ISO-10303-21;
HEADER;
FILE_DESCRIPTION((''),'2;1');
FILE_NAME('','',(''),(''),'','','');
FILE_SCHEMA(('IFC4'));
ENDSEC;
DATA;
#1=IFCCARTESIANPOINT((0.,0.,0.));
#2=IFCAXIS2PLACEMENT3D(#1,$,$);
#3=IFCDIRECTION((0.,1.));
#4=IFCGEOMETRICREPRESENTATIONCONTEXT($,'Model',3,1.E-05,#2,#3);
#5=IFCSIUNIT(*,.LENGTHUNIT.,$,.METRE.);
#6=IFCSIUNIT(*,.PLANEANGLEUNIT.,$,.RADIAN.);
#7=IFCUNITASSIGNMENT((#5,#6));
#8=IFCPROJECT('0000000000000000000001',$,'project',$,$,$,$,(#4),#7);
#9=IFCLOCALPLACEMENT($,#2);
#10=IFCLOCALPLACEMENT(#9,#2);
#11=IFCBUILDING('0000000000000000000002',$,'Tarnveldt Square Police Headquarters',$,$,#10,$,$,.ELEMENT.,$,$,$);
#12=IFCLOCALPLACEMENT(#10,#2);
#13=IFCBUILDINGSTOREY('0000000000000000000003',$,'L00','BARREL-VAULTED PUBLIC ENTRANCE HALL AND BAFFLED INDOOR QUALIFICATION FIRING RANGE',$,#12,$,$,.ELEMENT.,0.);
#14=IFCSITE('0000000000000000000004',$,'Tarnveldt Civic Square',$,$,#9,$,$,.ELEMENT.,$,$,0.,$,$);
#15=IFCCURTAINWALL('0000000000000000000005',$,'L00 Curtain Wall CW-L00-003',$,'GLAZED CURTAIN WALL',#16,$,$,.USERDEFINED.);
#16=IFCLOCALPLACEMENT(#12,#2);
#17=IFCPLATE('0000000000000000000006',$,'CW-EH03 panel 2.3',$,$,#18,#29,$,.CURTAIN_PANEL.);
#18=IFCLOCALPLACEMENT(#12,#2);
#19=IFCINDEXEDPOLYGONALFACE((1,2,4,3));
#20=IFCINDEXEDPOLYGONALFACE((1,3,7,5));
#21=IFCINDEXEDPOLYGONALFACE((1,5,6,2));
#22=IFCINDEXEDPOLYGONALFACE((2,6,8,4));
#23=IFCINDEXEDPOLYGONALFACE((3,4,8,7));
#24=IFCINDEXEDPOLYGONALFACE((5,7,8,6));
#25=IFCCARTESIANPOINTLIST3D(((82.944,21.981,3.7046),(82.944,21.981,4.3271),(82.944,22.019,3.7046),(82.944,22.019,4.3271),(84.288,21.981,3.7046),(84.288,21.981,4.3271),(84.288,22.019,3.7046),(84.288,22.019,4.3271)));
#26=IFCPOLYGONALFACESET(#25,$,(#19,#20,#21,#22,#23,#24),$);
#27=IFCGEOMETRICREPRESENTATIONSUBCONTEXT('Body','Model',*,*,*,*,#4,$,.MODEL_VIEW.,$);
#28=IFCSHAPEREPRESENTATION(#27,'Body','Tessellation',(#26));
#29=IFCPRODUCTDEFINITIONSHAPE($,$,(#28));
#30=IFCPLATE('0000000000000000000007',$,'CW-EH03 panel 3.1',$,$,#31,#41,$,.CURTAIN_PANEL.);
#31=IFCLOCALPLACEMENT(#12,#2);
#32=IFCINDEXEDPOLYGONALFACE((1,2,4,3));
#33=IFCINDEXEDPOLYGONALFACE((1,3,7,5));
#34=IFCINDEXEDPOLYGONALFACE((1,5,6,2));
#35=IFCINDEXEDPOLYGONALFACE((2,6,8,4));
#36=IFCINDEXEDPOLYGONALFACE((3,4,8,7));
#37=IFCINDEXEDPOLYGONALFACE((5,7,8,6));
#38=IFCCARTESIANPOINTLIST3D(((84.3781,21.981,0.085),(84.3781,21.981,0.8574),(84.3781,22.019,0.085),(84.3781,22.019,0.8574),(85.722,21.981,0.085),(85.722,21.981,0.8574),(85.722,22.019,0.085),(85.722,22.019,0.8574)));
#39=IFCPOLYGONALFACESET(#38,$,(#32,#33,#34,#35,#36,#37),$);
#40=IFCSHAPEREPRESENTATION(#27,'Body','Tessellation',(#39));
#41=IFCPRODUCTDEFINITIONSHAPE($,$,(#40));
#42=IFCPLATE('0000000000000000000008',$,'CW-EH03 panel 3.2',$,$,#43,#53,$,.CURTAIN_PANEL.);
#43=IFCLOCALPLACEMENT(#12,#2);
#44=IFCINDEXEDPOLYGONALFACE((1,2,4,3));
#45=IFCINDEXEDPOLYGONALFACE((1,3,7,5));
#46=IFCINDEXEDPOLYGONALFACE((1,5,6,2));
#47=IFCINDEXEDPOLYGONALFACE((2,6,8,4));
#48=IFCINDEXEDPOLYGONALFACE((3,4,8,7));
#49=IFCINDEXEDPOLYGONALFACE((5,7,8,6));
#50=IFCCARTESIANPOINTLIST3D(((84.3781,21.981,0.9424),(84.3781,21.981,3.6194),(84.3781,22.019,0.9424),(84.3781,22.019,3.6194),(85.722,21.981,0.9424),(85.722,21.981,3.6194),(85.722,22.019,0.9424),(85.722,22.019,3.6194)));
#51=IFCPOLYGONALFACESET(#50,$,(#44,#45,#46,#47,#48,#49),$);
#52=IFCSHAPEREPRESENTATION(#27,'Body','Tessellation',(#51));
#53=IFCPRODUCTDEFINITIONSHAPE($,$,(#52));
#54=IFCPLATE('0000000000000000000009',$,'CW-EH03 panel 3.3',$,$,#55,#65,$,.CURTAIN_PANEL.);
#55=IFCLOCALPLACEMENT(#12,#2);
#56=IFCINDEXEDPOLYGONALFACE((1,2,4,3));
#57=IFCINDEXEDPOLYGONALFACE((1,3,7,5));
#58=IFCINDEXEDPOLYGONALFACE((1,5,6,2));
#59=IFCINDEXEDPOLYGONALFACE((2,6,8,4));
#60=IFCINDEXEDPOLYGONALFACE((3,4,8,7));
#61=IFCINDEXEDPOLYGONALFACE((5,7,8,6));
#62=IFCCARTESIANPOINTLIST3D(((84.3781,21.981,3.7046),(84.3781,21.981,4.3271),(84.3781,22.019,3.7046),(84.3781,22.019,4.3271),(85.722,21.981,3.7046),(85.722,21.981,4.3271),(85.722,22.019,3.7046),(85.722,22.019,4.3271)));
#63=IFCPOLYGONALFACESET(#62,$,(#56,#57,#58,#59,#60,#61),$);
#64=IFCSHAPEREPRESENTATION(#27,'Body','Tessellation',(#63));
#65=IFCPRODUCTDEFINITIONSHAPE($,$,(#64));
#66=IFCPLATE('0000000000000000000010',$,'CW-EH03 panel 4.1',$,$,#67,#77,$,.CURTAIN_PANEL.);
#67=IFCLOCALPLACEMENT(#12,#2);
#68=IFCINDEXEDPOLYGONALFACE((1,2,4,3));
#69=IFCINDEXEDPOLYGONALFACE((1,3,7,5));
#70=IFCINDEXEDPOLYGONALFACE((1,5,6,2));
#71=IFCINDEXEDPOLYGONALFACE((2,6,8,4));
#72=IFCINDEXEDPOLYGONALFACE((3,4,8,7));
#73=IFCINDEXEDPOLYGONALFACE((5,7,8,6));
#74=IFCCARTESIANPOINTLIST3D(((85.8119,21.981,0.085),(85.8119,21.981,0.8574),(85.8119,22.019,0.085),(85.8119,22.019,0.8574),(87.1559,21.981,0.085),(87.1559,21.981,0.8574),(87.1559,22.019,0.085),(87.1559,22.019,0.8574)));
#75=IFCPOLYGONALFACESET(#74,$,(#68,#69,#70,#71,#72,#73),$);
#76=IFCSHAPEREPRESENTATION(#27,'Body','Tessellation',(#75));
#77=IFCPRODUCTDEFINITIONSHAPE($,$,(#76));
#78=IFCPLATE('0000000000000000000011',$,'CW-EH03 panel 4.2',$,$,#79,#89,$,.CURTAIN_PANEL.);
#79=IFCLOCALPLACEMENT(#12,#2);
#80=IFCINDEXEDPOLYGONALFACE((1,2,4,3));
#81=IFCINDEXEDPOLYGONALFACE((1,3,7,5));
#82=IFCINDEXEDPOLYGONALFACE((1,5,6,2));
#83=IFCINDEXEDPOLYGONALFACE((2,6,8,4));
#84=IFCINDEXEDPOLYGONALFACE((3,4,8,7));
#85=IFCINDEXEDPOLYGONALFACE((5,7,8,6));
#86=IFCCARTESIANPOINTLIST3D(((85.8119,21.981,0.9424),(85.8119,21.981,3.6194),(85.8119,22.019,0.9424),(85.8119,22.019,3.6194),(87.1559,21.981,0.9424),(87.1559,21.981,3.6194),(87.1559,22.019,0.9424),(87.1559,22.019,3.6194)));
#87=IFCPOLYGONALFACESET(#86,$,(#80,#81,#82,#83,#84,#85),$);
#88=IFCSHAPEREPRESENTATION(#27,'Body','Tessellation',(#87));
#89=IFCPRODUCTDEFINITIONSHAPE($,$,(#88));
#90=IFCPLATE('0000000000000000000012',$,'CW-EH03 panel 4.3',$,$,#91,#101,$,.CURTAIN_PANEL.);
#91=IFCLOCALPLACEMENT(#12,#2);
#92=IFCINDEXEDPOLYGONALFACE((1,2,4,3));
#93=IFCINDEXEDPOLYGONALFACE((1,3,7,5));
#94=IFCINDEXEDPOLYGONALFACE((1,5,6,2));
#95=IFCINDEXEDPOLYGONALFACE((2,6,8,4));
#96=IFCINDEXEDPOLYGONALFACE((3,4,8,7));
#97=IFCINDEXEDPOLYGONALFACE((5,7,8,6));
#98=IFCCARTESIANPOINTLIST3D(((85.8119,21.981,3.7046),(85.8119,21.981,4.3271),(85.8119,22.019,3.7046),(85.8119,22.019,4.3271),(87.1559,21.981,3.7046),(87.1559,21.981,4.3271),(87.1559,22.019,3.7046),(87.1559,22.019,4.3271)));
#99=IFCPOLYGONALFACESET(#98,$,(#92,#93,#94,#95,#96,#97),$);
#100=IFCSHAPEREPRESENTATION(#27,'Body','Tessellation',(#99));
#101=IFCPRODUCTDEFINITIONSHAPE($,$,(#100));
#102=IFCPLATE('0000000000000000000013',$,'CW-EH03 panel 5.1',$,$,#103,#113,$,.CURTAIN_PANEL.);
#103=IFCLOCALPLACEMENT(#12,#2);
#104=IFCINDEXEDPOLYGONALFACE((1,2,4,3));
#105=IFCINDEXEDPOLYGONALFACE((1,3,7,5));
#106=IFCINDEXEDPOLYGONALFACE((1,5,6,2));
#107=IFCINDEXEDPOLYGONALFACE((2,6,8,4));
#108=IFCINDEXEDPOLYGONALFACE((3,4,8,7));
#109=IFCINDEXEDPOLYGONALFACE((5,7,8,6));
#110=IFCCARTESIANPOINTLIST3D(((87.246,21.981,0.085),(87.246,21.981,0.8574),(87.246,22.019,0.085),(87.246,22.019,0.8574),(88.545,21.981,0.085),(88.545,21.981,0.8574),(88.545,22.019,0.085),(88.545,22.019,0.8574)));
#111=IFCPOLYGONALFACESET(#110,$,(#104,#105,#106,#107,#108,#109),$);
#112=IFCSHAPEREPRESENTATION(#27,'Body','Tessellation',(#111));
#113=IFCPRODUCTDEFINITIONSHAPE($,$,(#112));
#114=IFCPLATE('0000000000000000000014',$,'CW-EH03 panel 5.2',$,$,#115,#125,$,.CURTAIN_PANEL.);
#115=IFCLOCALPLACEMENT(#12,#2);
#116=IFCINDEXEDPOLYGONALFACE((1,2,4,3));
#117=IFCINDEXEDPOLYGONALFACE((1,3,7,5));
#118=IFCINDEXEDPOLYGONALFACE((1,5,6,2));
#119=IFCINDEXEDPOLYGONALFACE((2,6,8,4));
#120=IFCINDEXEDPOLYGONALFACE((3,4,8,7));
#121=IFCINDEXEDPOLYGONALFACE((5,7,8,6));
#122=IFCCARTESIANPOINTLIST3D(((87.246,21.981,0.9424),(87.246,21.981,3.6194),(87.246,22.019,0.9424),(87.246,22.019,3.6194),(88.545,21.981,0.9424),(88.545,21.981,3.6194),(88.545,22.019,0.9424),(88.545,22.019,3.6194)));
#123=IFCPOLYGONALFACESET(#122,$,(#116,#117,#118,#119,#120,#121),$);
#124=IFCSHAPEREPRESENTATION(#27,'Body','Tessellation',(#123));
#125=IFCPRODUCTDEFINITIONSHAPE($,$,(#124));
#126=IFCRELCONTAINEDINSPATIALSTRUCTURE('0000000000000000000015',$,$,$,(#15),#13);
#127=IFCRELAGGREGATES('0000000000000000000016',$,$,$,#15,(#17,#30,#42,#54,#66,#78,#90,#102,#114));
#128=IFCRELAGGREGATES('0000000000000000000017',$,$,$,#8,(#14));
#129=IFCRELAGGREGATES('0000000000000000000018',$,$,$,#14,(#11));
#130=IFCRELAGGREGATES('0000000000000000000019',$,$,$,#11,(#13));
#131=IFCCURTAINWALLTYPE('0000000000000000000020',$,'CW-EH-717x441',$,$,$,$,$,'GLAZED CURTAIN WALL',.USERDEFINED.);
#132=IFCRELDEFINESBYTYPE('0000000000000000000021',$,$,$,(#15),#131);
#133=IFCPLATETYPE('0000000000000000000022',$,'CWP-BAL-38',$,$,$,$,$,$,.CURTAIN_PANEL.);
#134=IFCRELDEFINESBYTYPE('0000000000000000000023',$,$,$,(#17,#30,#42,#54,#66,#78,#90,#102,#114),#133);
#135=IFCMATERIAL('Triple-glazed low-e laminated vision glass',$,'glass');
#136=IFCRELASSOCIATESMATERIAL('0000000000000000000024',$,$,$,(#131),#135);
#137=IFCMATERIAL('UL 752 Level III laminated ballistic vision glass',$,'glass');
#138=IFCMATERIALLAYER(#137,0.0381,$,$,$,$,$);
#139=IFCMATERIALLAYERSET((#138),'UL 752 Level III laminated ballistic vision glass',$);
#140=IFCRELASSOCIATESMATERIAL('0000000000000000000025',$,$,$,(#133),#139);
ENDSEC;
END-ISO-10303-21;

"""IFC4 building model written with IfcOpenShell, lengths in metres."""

from ifc_helpers import new_model, si_unit, direction, frame, origin, origin_2d, place, context, subcontext, project, spatial, rectangle, extrude, material, layer, layer_set, type_object, element, aggregate, save


model = new_model("IFC4")

# Units and contexts
model_context = context("Model", 3, precision=1e-05, world=origin(), true_north=direction((0.0, 1.0)))
body_context = subcontext(model_context, "Body", "Model", "MODEL_VIEW")
ifc_project = project(units=[si_unit("LENGTHUNIT", "METRE"), si_unit("PLANEANGLEUNIT", "RADIAN")], contexts=[model_context])

# Site, building, storey
site_placement = place(None, origin())
site = spatial("IfcSite", under=ifc_project, at=site_placement, Name="Tarnveldt Civic Square", CompositionType="ELEMENT", RefElevation=0.0)
building_placement = place(site_placement, origin())
building = spatial("IfcBuilding", under=site, at=building_placement, Name="Tarnveldt Square Police Headquarters", CompositionType="ELEMENT")
storey_placement = place(building_placement, origin())
storey = spatial("IfcBuildingStorey", under=building, at=storey_placement, Name="L00", Description="BARREL-VAULTED PUBLIC ENTRANCE HALL AND BAFFLED INDOOR QUALIFICATION FIRING RANGE", CompositionType="ELEMENT", Elevation=0.0)

# Curtain wall, plates
ifc_material_1 = material(Name="Triple-glazed low-e laminated vision glass", Category="glass")
curtain_wall_type = type_object("IfcCurtainWallType", Name="CW-EH-717x441", ElementType="GLAZED CURTAIN WALL", PredefinedType="USERDEFINED", material=ifc_material_1)
curtain_wall_placement = place(storey_placement, origin())
curtain_wall = element("IfcCurtainWall", 1, at=curtain_wall_placement, inside=storey, type_object=curtain_wall_type, Name="L00 Curtain Wall CW-L00-003", ObjectType="GLAZED CURTAIN WALL", PredefinedType="USERDEFINED")
ifc_material_2 = material(Name="UL 752 Level III laminated ballistic vision glass", Category="glass")
ifc_layer = layer(ifc_material_2, 0.0381)
ifc_layer_set = layer_set([ifc_layer], Name="UL 752 Level III laminated ballistic vision glass")
plate_type = type_object("IfcPlateType", Name="CWP-BAL-38", PredefinedType="CURTAIN_PANEL", material=ifc_layer_set)
plate_1_placement = place(storey_placement, frame((83.616, 22.0, 3.7046), z_axis=(0.0, 0.0, 1.0), x_axis=(1.0, 0.0, 0.0)))
plate_1 = element("IfcPlate", 2, at=plate_1_placement, type_object=plate_type, Name="CW-EH03 panel 2.3", PredefinedType="CURTAIN_PANEL", context=body_context, shape_type="SweptSolid", body=[
    extrude(rectangle(XDim=1.344, YDim=0.0381, at=origin_2d()), origin(), (0.0, 0.0, 1.0), 0.6226),
])
plate_2_placement = place(storey_placement, frame((85.05, 22.0, 0.085), z_axis=(0.0, 0.0, 1.0), x_axis=(1.0, 0.0, 0.0)))
plate_2 = element("IfcPlate", 3, at=plate_2_placement, type_object=plate_type, Name="CW-EH03 panel 3.1", PredefinedType="CURTAIN_PANEL", context=body_context, shape_type="SweptSolid", body=[
    extrude(rectangle(XDim=1.344, YDim=0.0381, at=origin_2d()), origin(), (0.0, 0.0, 1.0), 0.7725),
])
plate_3_placement = place(storey_placement, frame((85.05, 22.0, 0.9424), z_axis=(0.0, 0.0, 1.0), x_axis=(1.0, 0.0, 0.0)))
plate_3 = element("IfcPlate", 4, at=plate_3_placement, type_object=plate_type, Name="CW-EH03 panel 3.2", PredefinedType="CURTAIN_PANEL", context=body_context, shape_type="SweptSolid", body=[
    extrude(rectangle(XDim=1.344, YDim=0.0381, at=origin_2d()), origin(), (0.0, 0.0, 1.0), 2.677),
])
plate_4_placement = place(storey_placement, frame((85.05, 22.0, 3.7046), z_axis=(0.0, 0.0, 1.0), x_axis=(1.0, 0.0, 0.0)))
plate_4 = element("IfcPlate", 5, at=plate_4_placement, type_object=plate_type, Name="CW-EH03 panel 3.3", PredefinedType="CURTAIN_PANEL", context=body_context, shape_type="SweptSolid", body=[
    extrude(rectangle(XDim=1.344, YDim=0.0381, at=origin_2d()), origin(), (0.0, 0.0, 1.0), 0.6226),
])
plate_5_placement = place(storey_placement, frame((86.4839, 22.0, 0.085), z_axis=(0.0, 0.0, 1.0), x_axis=(1.0, 0.0, 0.0)))
plate_5 = element("IfcPlate", 6, at=plate_5_placement, type_object=plate_type, Name="CW-EH03 panel 4.1", PredefinedType="CURTAIN_PANEL", context=body_context, shape_type="SweptSolid", body=[
    extrude(rectangle(XDim=1.344, YDim=0.0381, at=origin_2d()), origin(), (0.0, 0.0, 1.0), 0.7725),
])
plate_6_placement = place(storey_placement, frame((86.4839, 22.0, 0.9424), z_axis=(0.0, 0.0, 1.0), x_axis=(1.0, 0.0, 0.0)))
plate_6 = element("IfcPlate", 7, at=plate_6_placement, type_object=plate_type, Name="CW-EH03 panel 4.2", PredefinedType="CURTAIN_PANEL", context=body_context, shape_type="SweptSolid", body=[
    extrude(rectangle(XDim=1.344, YDim=0.0381, at=origin_2d()), origin(), (0.0, 0.0, 1.0), 2.677),
])
plate_7_placement = place(storey_placement, frame((86.4839, 22.0, 3.7046), z_axis=(0.0, 0.0, 1.0), x_axis=(1.0, 0.0, 0.0)))
plate_7 = element("IfcPlate", 8, at=plate_7_placement, type_object=plate_type, Name="CW-EH03 panel 4.3", PredefinedType="CURTAIN_PANEL", context=body_context, shape_type="SweptSolid", body=[
    extrude(rectangle(XDim=1.344, YDim=0.0381, at=origin_2d()), origin(), (0.0, 0.0, 1.0), 0.6226),
])
plate_8_placement = place(storey_placement, frame((87.8955, 22.0, 0.085), z_axis=(0.0, 0.0, 1.0), x_axis=(1.0, 0.0, 0.0)))
plate_8 = element("IfcPlate", 9, at=plate_8_placement, type_object=plate_type, Name="CW-EH03 panel 5.1", PredefinedType="CURTAIN_PANEL", context=body_context, shape_type="SweptSolid", body=[
    extrude(rectangle(XDim=1.2991, YDim=0.0381, at=origin_2d()), origin(), (0.0, 0.0, 1.0), 0.7725),
])
plate_9_placement = place(storey_placement, frame((87.8955, 22.0, 0.9424), z_axis=(0.0, 0.0, 1.0), x_axis=(1.0, 0.0, 0.0)))
plate_9 = element("IfcPlate", 10, at=plate_9_placement, type_object=plate_type, Name="CW-EH03 panel 5.2", PredefinedType="CURTAIN_PANEL", context=body_context, shape_type="SweptSolid", body=[
    extrude(rectangle(XDim=1.2991, YDim=0.0381, at=origin_2d()), origin(), (0.0, 0.0, 1.0), 2.677),
])
aggregate(curtain_wall, [plate_1, plate_2, plate_3, plate_4, plate_5, plate_6, plate_7, plate_8, plate_9])

save(model, "model.ifc")
